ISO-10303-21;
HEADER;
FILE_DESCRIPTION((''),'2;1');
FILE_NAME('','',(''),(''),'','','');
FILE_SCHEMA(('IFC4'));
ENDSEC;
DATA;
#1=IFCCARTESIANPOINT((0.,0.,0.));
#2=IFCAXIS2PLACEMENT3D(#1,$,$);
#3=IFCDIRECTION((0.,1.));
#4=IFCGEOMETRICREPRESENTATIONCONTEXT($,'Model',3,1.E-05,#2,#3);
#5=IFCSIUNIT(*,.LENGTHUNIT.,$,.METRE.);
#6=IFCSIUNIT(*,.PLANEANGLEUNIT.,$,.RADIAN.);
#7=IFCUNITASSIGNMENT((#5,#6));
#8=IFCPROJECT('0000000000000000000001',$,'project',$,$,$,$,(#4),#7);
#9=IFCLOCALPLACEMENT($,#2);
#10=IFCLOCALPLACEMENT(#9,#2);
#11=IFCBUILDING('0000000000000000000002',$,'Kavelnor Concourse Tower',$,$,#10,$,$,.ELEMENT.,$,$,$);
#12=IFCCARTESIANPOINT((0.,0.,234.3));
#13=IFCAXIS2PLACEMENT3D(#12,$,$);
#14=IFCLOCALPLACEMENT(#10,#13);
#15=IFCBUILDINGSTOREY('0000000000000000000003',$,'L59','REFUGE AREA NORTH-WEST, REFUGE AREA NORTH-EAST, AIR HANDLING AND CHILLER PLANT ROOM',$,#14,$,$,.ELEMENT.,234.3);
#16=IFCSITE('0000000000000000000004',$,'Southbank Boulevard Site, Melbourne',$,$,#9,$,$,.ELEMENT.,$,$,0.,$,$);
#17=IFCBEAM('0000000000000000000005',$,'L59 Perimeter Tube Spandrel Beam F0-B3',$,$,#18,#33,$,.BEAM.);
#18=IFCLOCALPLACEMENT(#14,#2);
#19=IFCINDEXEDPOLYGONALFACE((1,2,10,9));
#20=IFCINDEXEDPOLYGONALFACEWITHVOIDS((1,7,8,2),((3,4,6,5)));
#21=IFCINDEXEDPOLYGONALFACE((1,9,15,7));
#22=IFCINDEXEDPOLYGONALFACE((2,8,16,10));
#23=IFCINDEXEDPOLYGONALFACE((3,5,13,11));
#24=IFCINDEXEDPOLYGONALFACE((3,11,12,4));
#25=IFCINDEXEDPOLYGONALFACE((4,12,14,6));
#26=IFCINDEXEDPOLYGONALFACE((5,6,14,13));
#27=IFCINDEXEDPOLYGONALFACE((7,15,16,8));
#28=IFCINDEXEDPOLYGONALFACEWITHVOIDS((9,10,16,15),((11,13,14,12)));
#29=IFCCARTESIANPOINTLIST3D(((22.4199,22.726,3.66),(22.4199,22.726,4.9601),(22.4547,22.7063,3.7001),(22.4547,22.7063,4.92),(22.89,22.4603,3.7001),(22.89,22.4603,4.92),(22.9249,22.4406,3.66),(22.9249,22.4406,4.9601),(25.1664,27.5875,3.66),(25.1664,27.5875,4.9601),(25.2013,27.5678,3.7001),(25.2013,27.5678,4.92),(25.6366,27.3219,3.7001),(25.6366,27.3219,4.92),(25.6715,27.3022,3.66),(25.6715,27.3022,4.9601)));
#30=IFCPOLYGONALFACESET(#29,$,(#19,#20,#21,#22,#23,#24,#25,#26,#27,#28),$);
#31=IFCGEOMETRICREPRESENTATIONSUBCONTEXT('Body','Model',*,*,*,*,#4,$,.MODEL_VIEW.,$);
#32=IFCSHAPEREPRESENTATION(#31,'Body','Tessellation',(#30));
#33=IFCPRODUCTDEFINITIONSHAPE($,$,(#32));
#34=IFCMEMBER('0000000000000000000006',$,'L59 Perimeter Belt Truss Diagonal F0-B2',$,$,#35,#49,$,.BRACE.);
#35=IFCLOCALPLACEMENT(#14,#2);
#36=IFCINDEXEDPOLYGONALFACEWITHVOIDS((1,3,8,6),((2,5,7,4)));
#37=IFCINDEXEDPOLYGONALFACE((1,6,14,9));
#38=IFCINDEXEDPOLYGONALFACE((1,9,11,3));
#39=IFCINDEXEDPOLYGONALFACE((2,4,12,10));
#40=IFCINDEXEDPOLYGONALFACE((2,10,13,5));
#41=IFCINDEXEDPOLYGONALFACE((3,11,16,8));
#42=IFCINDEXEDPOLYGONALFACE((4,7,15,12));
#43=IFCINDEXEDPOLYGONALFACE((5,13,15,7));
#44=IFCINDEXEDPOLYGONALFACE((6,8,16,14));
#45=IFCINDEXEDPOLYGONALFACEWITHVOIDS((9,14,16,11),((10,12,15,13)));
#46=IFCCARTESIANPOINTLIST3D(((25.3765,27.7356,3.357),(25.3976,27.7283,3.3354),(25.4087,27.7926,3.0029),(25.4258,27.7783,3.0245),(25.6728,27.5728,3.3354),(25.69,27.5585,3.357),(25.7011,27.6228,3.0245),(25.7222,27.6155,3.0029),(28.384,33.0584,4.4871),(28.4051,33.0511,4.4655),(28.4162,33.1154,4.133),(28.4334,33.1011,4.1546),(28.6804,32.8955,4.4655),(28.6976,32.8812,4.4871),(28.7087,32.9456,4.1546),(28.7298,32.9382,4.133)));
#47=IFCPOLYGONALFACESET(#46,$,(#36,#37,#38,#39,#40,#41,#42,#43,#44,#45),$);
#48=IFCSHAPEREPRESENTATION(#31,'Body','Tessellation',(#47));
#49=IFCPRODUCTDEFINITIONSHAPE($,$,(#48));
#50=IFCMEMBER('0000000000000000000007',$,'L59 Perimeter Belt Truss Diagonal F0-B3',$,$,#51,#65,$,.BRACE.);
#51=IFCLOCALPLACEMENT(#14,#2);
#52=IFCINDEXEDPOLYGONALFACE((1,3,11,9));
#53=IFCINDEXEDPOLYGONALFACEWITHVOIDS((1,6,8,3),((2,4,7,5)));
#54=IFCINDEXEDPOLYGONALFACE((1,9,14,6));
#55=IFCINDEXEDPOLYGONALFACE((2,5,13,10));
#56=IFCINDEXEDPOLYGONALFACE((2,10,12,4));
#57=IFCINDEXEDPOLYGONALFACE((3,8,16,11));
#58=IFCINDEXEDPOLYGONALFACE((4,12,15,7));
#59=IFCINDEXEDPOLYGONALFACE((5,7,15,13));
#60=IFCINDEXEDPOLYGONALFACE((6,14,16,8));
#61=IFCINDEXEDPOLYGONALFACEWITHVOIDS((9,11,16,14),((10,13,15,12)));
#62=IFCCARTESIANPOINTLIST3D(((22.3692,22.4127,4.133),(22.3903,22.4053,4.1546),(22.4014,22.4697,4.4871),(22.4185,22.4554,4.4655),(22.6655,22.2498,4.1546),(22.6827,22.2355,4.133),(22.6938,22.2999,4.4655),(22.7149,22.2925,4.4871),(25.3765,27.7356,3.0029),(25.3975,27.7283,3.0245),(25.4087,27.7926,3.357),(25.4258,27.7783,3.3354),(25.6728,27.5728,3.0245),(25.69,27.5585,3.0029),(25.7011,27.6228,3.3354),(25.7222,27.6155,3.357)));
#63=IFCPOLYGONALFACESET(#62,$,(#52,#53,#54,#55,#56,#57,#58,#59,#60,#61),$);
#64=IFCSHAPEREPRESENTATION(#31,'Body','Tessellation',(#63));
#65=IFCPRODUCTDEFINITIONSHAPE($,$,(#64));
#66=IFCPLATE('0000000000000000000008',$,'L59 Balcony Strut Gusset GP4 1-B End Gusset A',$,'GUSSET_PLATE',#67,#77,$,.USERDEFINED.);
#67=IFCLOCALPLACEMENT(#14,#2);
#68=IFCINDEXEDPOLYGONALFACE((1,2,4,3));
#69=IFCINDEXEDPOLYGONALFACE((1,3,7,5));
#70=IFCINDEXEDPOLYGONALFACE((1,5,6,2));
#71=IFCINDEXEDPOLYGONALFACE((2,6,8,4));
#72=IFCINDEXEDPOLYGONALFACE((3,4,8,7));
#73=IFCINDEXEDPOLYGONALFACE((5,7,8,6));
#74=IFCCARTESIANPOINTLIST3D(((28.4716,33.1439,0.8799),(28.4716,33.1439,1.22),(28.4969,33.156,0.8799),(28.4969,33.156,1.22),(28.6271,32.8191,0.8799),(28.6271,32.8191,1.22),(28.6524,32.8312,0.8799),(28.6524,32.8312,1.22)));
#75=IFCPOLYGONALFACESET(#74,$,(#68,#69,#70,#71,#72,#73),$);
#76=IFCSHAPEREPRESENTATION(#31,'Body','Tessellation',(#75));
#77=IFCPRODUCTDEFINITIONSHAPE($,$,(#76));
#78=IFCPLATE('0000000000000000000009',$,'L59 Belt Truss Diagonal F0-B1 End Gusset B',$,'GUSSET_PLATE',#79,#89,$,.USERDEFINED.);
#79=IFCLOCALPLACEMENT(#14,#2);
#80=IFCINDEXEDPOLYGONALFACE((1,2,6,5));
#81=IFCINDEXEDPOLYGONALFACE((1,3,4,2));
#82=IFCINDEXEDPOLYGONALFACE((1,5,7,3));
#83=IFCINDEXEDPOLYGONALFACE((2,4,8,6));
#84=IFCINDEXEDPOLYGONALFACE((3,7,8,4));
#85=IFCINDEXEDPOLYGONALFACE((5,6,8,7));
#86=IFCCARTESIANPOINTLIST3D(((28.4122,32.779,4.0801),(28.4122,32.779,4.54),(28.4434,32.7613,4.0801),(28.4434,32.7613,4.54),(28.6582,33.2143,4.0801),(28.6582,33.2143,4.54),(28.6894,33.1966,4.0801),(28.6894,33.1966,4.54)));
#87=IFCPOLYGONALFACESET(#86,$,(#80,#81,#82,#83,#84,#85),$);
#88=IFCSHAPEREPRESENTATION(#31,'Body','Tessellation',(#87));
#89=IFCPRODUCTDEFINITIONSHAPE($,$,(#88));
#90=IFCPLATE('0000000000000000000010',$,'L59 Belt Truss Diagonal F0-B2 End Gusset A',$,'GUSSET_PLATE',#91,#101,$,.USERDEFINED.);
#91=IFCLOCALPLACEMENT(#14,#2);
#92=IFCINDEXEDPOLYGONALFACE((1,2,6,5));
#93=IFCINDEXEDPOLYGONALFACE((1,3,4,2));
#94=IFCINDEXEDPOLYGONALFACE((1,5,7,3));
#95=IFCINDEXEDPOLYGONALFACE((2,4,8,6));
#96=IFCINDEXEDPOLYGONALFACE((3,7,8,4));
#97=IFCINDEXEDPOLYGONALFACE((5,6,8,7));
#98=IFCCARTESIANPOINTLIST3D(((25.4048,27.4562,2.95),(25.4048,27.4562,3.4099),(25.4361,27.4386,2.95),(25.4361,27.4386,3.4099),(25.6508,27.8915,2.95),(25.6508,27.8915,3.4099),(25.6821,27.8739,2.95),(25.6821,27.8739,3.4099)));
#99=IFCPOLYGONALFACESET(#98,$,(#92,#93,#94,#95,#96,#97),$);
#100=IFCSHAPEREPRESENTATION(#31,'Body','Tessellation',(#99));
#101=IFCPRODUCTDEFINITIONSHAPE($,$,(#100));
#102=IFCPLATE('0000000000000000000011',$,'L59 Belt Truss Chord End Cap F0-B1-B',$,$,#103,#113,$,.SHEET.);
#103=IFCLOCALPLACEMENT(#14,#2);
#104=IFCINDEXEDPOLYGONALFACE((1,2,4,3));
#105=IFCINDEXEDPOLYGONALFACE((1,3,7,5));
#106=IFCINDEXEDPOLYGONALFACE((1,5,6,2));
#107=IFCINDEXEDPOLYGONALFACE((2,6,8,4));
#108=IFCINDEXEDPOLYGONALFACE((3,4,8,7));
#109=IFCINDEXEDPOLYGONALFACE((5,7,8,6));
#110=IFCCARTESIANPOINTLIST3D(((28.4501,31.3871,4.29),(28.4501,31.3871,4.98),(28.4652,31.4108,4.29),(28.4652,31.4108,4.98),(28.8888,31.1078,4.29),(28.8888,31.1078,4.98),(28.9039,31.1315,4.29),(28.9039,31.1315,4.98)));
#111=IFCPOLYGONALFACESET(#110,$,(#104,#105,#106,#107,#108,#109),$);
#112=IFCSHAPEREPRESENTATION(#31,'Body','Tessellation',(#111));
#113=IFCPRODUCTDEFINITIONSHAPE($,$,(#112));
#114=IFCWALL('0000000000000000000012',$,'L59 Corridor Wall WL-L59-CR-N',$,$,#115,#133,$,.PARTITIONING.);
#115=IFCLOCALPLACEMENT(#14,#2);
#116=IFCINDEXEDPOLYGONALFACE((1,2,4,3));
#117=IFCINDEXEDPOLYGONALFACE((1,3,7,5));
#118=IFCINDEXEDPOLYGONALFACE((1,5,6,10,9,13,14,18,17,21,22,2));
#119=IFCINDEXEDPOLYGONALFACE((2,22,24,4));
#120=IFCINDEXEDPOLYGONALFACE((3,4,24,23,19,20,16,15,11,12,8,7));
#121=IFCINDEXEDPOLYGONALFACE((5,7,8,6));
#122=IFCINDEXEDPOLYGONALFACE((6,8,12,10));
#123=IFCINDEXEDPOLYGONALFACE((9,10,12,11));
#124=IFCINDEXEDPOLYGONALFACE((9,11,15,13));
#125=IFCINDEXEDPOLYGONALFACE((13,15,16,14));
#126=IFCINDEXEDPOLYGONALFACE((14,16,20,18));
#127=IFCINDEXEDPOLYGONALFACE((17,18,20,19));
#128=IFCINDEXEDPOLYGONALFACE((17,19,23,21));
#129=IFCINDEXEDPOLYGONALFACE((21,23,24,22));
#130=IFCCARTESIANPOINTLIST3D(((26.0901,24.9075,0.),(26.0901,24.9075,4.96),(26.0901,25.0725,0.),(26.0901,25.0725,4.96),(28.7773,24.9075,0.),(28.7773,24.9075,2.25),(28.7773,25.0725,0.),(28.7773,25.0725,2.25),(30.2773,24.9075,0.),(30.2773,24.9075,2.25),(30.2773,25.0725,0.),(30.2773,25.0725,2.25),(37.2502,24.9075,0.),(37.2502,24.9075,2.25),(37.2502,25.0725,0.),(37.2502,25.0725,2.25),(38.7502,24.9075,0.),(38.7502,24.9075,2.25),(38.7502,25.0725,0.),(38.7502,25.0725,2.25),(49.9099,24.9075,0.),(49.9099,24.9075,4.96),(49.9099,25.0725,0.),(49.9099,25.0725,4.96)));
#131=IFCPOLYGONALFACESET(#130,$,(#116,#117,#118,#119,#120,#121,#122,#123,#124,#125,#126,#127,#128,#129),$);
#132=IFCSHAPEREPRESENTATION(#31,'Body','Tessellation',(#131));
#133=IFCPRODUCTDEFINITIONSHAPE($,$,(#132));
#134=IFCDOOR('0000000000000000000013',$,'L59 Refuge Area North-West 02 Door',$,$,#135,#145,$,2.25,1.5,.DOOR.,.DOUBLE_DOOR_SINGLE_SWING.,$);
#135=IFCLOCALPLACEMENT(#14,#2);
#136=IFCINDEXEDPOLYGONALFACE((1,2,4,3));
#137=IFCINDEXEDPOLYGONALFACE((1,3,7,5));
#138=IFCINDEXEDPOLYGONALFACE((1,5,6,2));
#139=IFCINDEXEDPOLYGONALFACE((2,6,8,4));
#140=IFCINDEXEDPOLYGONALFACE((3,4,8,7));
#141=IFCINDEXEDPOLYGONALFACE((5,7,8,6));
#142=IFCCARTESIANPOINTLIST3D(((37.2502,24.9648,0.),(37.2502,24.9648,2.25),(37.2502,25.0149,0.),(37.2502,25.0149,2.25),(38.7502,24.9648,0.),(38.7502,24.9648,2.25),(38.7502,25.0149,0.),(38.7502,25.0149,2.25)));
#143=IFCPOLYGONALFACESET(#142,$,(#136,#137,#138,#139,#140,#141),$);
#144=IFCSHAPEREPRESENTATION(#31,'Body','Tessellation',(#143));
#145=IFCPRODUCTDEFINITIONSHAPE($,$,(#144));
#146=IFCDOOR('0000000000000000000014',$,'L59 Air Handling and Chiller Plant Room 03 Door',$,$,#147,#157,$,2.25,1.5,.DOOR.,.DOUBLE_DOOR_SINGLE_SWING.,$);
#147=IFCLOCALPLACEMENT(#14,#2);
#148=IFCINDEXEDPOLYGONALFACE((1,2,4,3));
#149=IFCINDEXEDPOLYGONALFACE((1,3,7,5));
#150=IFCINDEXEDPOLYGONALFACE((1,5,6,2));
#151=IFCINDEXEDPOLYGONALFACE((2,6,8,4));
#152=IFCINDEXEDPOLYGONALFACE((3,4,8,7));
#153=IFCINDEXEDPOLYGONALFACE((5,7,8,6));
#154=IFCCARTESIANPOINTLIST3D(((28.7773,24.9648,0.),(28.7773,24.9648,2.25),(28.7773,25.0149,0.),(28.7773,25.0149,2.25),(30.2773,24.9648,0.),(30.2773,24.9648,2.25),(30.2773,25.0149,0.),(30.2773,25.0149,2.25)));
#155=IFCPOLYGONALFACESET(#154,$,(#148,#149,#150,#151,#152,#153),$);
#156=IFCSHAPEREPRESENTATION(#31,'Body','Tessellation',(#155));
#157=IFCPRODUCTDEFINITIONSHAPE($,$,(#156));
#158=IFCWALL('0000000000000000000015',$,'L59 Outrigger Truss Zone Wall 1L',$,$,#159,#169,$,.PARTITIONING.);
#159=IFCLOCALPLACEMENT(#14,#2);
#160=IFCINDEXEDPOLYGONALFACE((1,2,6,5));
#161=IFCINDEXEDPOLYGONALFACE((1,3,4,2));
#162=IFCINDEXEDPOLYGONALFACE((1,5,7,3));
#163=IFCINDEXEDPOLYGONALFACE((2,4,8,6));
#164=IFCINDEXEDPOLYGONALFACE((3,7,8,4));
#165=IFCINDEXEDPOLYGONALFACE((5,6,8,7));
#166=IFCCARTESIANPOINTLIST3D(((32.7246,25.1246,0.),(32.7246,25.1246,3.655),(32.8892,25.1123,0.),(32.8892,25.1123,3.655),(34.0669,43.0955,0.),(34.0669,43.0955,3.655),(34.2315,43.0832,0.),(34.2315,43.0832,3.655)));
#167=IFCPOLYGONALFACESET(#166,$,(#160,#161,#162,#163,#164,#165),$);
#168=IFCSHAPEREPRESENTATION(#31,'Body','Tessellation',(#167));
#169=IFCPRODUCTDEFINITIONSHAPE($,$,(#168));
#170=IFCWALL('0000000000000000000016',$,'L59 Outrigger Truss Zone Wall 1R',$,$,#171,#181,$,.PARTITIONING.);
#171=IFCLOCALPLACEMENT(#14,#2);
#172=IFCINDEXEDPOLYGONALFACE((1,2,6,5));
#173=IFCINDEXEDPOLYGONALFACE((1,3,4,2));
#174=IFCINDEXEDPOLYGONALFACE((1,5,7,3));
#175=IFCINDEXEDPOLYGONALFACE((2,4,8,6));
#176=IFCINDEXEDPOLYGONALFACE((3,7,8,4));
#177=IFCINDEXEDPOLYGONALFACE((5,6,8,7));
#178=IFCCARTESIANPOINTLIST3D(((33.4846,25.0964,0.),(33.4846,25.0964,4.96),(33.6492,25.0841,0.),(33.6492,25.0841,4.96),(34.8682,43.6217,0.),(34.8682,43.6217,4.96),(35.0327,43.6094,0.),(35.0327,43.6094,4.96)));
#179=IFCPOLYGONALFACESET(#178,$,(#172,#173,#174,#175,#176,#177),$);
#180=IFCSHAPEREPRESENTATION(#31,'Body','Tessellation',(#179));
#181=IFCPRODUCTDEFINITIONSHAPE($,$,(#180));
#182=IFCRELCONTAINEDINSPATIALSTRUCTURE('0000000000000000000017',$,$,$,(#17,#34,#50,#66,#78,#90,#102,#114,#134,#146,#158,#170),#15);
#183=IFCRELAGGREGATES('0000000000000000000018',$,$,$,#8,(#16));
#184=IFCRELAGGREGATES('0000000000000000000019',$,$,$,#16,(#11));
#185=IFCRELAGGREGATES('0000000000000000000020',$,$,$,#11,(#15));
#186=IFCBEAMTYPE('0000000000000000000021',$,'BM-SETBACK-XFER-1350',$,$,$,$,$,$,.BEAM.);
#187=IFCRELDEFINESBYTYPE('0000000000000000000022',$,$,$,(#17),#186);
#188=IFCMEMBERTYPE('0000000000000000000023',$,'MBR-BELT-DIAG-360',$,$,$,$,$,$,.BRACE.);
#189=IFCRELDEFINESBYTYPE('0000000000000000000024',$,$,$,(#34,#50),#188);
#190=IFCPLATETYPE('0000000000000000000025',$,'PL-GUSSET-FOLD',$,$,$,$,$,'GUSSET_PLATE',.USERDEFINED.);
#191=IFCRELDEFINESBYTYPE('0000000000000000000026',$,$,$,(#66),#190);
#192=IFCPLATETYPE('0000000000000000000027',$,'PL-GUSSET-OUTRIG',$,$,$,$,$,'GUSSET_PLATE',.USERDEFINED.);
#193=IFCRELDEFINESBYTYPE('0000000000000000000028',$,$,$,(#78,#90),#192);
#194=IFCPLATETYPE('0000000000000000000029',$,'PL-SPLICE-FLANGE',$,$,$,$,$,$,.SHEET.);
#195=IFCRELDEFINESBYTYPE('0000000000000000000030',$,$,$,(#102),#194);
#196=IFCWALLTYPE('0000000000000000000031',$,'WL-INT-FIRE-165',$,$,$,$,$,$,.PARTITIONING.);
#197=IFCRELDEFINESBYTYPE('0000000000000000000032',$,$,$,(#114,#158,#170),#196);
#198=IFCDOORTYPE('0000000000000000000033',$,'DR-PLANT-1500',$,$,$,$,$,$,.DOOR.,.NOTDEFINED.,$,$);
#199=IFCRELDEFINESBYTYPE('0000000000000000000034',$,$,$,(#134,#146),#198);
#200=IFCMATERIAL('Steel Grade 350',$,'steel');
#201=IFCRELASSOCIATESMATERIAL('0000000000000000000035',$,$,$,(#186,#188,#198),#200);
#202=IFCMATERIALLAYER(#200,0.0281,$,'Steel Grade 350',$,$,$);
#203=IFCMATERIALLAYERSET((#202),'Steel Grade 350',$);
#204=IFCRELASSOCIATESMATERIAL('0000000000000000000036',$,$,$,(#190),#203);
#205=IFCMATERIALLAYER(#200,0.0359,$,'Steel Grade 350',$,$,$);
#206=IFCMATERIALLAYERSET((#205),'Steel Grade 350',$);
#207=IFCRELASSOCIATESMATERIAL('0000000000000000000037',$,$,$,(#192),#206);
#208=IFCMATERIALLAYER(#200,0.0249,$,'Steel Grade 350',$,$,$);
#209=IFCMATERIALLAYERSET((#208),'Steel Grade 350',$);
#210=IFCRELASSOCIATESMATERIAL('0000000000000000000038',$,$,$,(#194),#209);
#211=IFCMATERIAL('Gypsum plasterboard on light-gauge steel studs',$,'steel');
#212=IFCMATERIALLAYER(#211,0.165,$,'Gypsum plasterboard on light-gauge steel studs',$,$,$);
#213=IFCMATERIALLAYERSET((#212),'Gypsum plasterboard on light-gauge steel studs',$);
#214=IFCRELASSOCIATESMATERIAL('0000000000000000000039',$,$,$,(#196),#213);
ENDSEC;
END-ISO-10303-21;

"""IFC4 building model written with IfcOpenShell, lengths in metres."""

from ifc_helpers import new_model, si_unit, direction, frame, frame_2d, origin, origin_2d, place, context, subcontext, project, spatial, rectangle, hollow_rectangle, extrude, material, layer, layer_set, material_profile, profile_set, type_object, element, fill, save


model = new_model("IFC4")

# Units and contexts
model_context = context("Model", 3, precision=1e-05, world=origin(), true_north=direction((0.0, 1.0)))
body_context = subcontext(model_context, "Body", "Model", "MODEL_VIEW")
ifc_project = project(units=[si_unit("LENGTHUNIT", "METRE"), si_unit("PLANEANGLEUNIT", "RADIAN")], contexts=[model_context])

# Site, building, storey
site_placement = place(None, origin())
site = spatial("IfcSite", under=ifc_project, at=site_placement, Name="Southbank Boulevard Site, Melbourne", CompositionType="ELEMENT", RefElevation=0.0)
building_placement = place(site_placement, origin())
building = spatial("IfcBuilding", under=site, at=building_placement, Name="Kavelnor Concourse Tower", CompositionType="ELEMENT")
storey_placement = place(building_placement, frame((0.0, 0.0, 234.3)))
storey = spatial("IfcBuildingStorey", under=building, at=storey_placement, Name="L59", Description="REFUGE AREA NORTH-WEST, REFUGE AREA NORTH-EAST, AIR HANDLING AND CHILLER PLANT ROOM", CompositionType="ELEMENT", Elevation=234.3)

# Shared definitions
ifc_material_1 = material(Name="Steel Grade 350", Category="steel")

# Beam
ifc_material_profile_1 = material_profile(ifc_material_1, hollow_rectangle(XDim=0.5801, YDim=1.3, WallThickness=0.04, at=origin_2d()), Name="RHS 1300x580x40")
ifc_profile_set_1 = profile_set([ifc_material_profile_1], Name="Steel Grade 350")
beam_type_1 = type_object("IfcBeamType", Name="BM-SETBACK-XFER-1350", PredefinedType="BEAM", material=ifc_profile_set_1)
for number, where, z_axis, x_axis, name in (
    (1, (25.4189, 27.4448, 4.3101), (-0.491886, -0.87066, 0.0), (0.87066, -0.491886, 0.0), "L59 Perimeter Tube Spandrel Beam F0-B3"),
):
    element("IfcBeam", number, at=place(storey_placement, frame(where, z_axis=z_axis, x_axis=x_axis)), inside=storey, type_object=beam_type_1, Name=name, PredefinedType="BEAM", context=body_context, shape_type="SweptSolid", body=[
        extrude(hollow_rectangle(XDim=0.5801, YDim=1.3, WallThickness=0.04, at=origin_2d()), origin(), (0.0, 0.0, 1.0), 5.5837),
    ])

# Members
ifc_material_profile_2 = material_profile(ifc_material_1, hollow_rectangle(XDim=0.3601, YDim=0.3601, WallThickness=0.022, at=origin_2d()), Name="SHS 360x360x22")
ifc_profile_set_2 = profile_set([ifc_material_profile_2], Name="Steel Grade 350")
member_type = type_object("IfcMemberType", Name="MBR-BELT-DIAG-360", PredefinedType="BRACE", material=ifc_profile_set_2)
for number, where, z_axis, x_axis, name in (
    (2, (25.5493, 27.6755, 3.1799), (0.483745, 0.856125, 0.181772), (-0.870629, 0.49194, 0.0), "L59 Perimeter Belt Truss Diagonal F0-B2"),
    (3, (25.5493, 27.6755, 3.1799), (-0.483698, -0.856152, 0.18177), (0.870656, -0.491893, 0.0), "L59 Perimeter Belt Truss Diagonal F0-B3"),
):
    element("IfcMember", number, at=place(storey_placement, frame(where, z_axis=z_axis, x_axis=x_axis)), inside=storey, type_object=member_type, Name=name, PredefinedType="BRACE", context=body_context, shape_type="SweptSolid", body=[
        extrude(hollow_rectangle(XDim=0.3601, YDim=0.3601, WallThickness=0.022, at=origin_2d()), origin(), (0.0, 0.0, 1.0), 6.2173),
    ])

# Plates
ifc_layer_1 = layer(ifc_material_1, 0.0281, Name="Steel Grade 350")
ifc_layer_set_1 = layer_set([ifc_layer_1], Name="Steel Grade 350")
plate_type_1 = type_object("IfcPlateType", Name="PL-GUSSET-FOLD", ElementType="GUSSET_PLATE", PredefinedType="USERDEFINED", material=ifc_layer_set_1)
plate_1_placement = place(storey_placement, frame((28.562, 32.9875, 0.8799), z_axis=(0.0, 0.0, 1.0), x_axis=(-0.431928, 0.901908, 0.0)))
element("IfcPlate", 4, at=plate_1_placement, inside=storey, type_object=plate_type_1, Name="L59 Balcony Strut Gusset GP4 1-B End Gusset A", ObjectType="GUSSET_PLATE", PredefinedType="USERDEFINED", context=body_context, shape_type="SweptSolid", body=[
    extrude(rectangle(XDim=0.3601, YDim=0.0281, at=origin_2d()), origin(), (0.0, 0.0, 1.0), 0.3401),
])
ifc_layer_2 = layer(ifc_material_1, 0.0359, Name="Steel Grade 350")
ifc_layer_set_2 = layer_set([ifc_layer_2], Name="Steel Grade 350")
plate_type_2 = type_object("IfcPlateType", Name="PL-GUSSET-OUTRIG", ElementType="GUSSET_PLATE", PredefinedType="USERDEFINED", material=ifc_layer_set_2)
for number, where, z_axis, x_axis, name in (
    (5, (28.5508, 32.9878, 4.0801), (0.0, 0.0, 1.0), (-0.491968, -0.870613, 0.0), "L59 Belt Truss Diagonal F0-B1 End Gusset B"),
    (6, (25.5435, 27.665, 2.95), (0.0, 0.0, 1.0), (0.491968, 0.870613, 0.0), "L59 Belt Truss Diagonal F0-B2 End Gusset A"),
):
    element("IfcPlate", number, at=place(storey_placement, frame(where, z_axis=z_axis, x_axis=x_axis)), inside=storey, type_object=plate_type_2, Name=name, ObjectType="GUSSET_PLATE", PredefinedType="USERDEFINED", context=body_context, shape_type="SweptSolid", body=[
        extrude(rectangle(XDim=0.5, YDim=0.0359, at=origin_2d()), origin(), (0.0, 0.0, 1.0), 0.46),
    ])
ifc_layer_3 = layer(ifc_material_1, 0.0249, Name="Steel Grade 350")
ifc_layer_set_3 = layer_set([ifc_layer_3], Name="Steel Grade 350")
plate_type_3 = type_object("IfcPlateType", Name="PL-SPLICE-FLANGE", PredefinedType="SHEET", material=ifc_layer_set_3)
plate_2_placement = place(storey_placement, frame((28.677, 31.2593, 4.29), z_axis=(0.0, 0.0, 1.0), x_axis=(0.843485, -0.537152, 0.0)))
element("IfcPlate", 7, at=plate_2_placement, inside=storey, type_object=plate_type_3, Name="L59 Belt Truss Chord End Cap F0-B1-B", PredefinedType="SHEET", context=body_context, shape_type="SweptSolid", body=[
    extrude(rectangle(XDim=0.52, YDim=0.0281, at=origin_2d()), origin(), (0.0, 0.0, 1.0), 0.6899),
])

# Wall, openings, doors
ifc_material_2 = material(Name="Gypsum plasterboard on light-gauge steel studs", Category="steel")
ifc_layer_4 = layer(ifc_material_2, 0.165, Name="Gypsum plasterboard on light-gauge steel studs")
ifc_layer_set_4 = layer_set([ifc_layer_4], Name="Gypsum plasterboard on light-gauge steel studs")
wall_type = type_object("IfcWallType", Name="WL-INT-FIRE-165", PredefinedType="PARTITIONING", material=ifc_layer_set_4)
wall_1_placement = place(storey_placement, frame((26.0901, 24.99, 0.0), z_axis=(0.0, 0.0, 1.0), x_axis=(1.0, 0.0, 0.0)))
wall_1 = element("IfcWall", 8, at=wall_1_placement, inside=storey, type_object=wall_type, Name="L59 Corridor Wall WL-L59-CR-N", PredefinedType="PARTITIONING", context=body_context, shape_type="SweptSolid", body=[
    extrude(rectangle(XDim=23.8198, YDim=0.165, at=frame_2d((11.9099, 0.0))), origin(), (0.0, 0.0, 1.0), 4.96),
])
opening_1_placement = place(wall_1_placement, frame((11.1602, 0.0, 0.0)))
opening_1 = element("IfcOpeningElement", 9, at=opening_1_placement, cuts=wall_1, PredefinedType="OPENING", context=body_context, shape_type="SweptSolid", body=[
    extrude(rectangle(XDim=1.5, YDim=2.25, at=frame_2d((0.75, 1.125))), frame((0.0, 0.0925, 0.0), z_axis=(0.0, -1.0, 0.0), x_axis=(1.0, 0.0, 0.0)), (0.0, 0.0, 1.0), 0.1851),
])
opening_2_placement = place(wall_1_placement, frame((2.6873, 0.0, 0.0)))
opening_2 = element("IfcOpeningElement", 10, at=opening_2_placement, cuts=wall_1, PredefinedType="OPENING", context=body_context, shape_type="SweptSolid", body=[
    extrude(rectangle(XDim=1.5, YDim=2.25, at=frame_2d((0.75, 1.125))), frame((0.0, 0.0925, 0.0), z_axis=(0.0, -1.0, 0.0), x_axis=(1.0, 0.0, 0.0)), (0.0, 0.0, 1.0), 0.1851),
])
door_type = type_object("IfcDoorType", Name="DR-PLANT-1500", OperationType="NOTDEFINED", PredefinedType="DOOR", material=ifc_material_1)
door_1_placement = place(opening_1_placement, origin())
door_1 = element("IfcDoor", 11, at=door_1_placement, inside=storey, type_object=door_type, Name="L59 Refuge Area North-West 02 Door", OperationType="DOUBLE_DOOR_SINGLE_SWING", OverallHeight=2.25, OverallWidth=1.5, PredefinedType="DOOR", context=body_context, shape_type="SweptSolid", body=[
    extrude(rectangle(XDim=1.5, YDim=2.25, at=frame_2d((0.75, 1.125))), frame((0.0, 0.0249, 0.0), z_axis=(0.0, -1.0, 0.0), x_axis=(1.0, 0.0, 0.0)), (0.0, 0.0, 1.0), 0.05),
])
fill(opening_1, door_1)
door_2_placement = place(opening_2_placement, origin())
door_2 = element("IfcDoor", 12, at=door_2_placement, inside=storey, type_object=door_type, Name="L59 Air Handling and Chiller Plant Room 03 Door", OperationType="DOUBLE_DOOR_SINGLE_SWING", OverallHeight=2.25, OverallWidth=1.5, PredefinedType="DOOR", context=body_context, shape_type="SweptSolid", body=[
    extrude(rectangle(XDim=1.5, YDim=2.25, at=frame_2d((0.75, 1.125))), frame((0.0, 0.0249, 0.0), z_axis=(0.0, -1.0, 0.0), x_axis=(1.0, 0.0, 0.0)), (0.0, 0.0, 1.0), 0.05),
])
fill(opening_2, door_2)

# Walls
wall_2_placement = place(storey_placement, frame((32.8069, 25.1184, 0.0), z_axis=(0.0, 0.0, 1.0), x_axis=(0.074484, 0.997222, 0.0)))
element("IfcWall", 13, at=wall_2_placement, inside=storey, type_object=wall_type, Name="L59 Outrigger Truss Zone Wall 1L", PredefinedType="PARTITIONING", context=body_context, shape_type="SweptSolid", body=[
    extrude(rectangle(XDim=18.021, YDim=0.165, at=frame_2d((9.0105, 0.0))), origin(), (0.0, 0.0, 1.0), 3.655),
])
wall_3_placement = place(storey_placement, frame((33.5669, 25.0901, 0.0), z_axis=(0.0, 0.0, 1.0), x_axis=(0.074476, 0.997223, 0.0)))
element("IfcWall", 14, at=wall_3_placement, inside=storey, type_object=wall_type, Name="L59 Outrigger Truss Zone Wall 1R", PredefinedType="PARTITIONING", context=body_context, shape_type="SweptSolid", body=[
    extrude(rectangle(XDim=18.5769, YDim=0.165, at=frame_2d((9.2886, 0.0))), origin(), (0.0, 0.0, 1.0), 4.96),
])

save(model, "model.ifc")
